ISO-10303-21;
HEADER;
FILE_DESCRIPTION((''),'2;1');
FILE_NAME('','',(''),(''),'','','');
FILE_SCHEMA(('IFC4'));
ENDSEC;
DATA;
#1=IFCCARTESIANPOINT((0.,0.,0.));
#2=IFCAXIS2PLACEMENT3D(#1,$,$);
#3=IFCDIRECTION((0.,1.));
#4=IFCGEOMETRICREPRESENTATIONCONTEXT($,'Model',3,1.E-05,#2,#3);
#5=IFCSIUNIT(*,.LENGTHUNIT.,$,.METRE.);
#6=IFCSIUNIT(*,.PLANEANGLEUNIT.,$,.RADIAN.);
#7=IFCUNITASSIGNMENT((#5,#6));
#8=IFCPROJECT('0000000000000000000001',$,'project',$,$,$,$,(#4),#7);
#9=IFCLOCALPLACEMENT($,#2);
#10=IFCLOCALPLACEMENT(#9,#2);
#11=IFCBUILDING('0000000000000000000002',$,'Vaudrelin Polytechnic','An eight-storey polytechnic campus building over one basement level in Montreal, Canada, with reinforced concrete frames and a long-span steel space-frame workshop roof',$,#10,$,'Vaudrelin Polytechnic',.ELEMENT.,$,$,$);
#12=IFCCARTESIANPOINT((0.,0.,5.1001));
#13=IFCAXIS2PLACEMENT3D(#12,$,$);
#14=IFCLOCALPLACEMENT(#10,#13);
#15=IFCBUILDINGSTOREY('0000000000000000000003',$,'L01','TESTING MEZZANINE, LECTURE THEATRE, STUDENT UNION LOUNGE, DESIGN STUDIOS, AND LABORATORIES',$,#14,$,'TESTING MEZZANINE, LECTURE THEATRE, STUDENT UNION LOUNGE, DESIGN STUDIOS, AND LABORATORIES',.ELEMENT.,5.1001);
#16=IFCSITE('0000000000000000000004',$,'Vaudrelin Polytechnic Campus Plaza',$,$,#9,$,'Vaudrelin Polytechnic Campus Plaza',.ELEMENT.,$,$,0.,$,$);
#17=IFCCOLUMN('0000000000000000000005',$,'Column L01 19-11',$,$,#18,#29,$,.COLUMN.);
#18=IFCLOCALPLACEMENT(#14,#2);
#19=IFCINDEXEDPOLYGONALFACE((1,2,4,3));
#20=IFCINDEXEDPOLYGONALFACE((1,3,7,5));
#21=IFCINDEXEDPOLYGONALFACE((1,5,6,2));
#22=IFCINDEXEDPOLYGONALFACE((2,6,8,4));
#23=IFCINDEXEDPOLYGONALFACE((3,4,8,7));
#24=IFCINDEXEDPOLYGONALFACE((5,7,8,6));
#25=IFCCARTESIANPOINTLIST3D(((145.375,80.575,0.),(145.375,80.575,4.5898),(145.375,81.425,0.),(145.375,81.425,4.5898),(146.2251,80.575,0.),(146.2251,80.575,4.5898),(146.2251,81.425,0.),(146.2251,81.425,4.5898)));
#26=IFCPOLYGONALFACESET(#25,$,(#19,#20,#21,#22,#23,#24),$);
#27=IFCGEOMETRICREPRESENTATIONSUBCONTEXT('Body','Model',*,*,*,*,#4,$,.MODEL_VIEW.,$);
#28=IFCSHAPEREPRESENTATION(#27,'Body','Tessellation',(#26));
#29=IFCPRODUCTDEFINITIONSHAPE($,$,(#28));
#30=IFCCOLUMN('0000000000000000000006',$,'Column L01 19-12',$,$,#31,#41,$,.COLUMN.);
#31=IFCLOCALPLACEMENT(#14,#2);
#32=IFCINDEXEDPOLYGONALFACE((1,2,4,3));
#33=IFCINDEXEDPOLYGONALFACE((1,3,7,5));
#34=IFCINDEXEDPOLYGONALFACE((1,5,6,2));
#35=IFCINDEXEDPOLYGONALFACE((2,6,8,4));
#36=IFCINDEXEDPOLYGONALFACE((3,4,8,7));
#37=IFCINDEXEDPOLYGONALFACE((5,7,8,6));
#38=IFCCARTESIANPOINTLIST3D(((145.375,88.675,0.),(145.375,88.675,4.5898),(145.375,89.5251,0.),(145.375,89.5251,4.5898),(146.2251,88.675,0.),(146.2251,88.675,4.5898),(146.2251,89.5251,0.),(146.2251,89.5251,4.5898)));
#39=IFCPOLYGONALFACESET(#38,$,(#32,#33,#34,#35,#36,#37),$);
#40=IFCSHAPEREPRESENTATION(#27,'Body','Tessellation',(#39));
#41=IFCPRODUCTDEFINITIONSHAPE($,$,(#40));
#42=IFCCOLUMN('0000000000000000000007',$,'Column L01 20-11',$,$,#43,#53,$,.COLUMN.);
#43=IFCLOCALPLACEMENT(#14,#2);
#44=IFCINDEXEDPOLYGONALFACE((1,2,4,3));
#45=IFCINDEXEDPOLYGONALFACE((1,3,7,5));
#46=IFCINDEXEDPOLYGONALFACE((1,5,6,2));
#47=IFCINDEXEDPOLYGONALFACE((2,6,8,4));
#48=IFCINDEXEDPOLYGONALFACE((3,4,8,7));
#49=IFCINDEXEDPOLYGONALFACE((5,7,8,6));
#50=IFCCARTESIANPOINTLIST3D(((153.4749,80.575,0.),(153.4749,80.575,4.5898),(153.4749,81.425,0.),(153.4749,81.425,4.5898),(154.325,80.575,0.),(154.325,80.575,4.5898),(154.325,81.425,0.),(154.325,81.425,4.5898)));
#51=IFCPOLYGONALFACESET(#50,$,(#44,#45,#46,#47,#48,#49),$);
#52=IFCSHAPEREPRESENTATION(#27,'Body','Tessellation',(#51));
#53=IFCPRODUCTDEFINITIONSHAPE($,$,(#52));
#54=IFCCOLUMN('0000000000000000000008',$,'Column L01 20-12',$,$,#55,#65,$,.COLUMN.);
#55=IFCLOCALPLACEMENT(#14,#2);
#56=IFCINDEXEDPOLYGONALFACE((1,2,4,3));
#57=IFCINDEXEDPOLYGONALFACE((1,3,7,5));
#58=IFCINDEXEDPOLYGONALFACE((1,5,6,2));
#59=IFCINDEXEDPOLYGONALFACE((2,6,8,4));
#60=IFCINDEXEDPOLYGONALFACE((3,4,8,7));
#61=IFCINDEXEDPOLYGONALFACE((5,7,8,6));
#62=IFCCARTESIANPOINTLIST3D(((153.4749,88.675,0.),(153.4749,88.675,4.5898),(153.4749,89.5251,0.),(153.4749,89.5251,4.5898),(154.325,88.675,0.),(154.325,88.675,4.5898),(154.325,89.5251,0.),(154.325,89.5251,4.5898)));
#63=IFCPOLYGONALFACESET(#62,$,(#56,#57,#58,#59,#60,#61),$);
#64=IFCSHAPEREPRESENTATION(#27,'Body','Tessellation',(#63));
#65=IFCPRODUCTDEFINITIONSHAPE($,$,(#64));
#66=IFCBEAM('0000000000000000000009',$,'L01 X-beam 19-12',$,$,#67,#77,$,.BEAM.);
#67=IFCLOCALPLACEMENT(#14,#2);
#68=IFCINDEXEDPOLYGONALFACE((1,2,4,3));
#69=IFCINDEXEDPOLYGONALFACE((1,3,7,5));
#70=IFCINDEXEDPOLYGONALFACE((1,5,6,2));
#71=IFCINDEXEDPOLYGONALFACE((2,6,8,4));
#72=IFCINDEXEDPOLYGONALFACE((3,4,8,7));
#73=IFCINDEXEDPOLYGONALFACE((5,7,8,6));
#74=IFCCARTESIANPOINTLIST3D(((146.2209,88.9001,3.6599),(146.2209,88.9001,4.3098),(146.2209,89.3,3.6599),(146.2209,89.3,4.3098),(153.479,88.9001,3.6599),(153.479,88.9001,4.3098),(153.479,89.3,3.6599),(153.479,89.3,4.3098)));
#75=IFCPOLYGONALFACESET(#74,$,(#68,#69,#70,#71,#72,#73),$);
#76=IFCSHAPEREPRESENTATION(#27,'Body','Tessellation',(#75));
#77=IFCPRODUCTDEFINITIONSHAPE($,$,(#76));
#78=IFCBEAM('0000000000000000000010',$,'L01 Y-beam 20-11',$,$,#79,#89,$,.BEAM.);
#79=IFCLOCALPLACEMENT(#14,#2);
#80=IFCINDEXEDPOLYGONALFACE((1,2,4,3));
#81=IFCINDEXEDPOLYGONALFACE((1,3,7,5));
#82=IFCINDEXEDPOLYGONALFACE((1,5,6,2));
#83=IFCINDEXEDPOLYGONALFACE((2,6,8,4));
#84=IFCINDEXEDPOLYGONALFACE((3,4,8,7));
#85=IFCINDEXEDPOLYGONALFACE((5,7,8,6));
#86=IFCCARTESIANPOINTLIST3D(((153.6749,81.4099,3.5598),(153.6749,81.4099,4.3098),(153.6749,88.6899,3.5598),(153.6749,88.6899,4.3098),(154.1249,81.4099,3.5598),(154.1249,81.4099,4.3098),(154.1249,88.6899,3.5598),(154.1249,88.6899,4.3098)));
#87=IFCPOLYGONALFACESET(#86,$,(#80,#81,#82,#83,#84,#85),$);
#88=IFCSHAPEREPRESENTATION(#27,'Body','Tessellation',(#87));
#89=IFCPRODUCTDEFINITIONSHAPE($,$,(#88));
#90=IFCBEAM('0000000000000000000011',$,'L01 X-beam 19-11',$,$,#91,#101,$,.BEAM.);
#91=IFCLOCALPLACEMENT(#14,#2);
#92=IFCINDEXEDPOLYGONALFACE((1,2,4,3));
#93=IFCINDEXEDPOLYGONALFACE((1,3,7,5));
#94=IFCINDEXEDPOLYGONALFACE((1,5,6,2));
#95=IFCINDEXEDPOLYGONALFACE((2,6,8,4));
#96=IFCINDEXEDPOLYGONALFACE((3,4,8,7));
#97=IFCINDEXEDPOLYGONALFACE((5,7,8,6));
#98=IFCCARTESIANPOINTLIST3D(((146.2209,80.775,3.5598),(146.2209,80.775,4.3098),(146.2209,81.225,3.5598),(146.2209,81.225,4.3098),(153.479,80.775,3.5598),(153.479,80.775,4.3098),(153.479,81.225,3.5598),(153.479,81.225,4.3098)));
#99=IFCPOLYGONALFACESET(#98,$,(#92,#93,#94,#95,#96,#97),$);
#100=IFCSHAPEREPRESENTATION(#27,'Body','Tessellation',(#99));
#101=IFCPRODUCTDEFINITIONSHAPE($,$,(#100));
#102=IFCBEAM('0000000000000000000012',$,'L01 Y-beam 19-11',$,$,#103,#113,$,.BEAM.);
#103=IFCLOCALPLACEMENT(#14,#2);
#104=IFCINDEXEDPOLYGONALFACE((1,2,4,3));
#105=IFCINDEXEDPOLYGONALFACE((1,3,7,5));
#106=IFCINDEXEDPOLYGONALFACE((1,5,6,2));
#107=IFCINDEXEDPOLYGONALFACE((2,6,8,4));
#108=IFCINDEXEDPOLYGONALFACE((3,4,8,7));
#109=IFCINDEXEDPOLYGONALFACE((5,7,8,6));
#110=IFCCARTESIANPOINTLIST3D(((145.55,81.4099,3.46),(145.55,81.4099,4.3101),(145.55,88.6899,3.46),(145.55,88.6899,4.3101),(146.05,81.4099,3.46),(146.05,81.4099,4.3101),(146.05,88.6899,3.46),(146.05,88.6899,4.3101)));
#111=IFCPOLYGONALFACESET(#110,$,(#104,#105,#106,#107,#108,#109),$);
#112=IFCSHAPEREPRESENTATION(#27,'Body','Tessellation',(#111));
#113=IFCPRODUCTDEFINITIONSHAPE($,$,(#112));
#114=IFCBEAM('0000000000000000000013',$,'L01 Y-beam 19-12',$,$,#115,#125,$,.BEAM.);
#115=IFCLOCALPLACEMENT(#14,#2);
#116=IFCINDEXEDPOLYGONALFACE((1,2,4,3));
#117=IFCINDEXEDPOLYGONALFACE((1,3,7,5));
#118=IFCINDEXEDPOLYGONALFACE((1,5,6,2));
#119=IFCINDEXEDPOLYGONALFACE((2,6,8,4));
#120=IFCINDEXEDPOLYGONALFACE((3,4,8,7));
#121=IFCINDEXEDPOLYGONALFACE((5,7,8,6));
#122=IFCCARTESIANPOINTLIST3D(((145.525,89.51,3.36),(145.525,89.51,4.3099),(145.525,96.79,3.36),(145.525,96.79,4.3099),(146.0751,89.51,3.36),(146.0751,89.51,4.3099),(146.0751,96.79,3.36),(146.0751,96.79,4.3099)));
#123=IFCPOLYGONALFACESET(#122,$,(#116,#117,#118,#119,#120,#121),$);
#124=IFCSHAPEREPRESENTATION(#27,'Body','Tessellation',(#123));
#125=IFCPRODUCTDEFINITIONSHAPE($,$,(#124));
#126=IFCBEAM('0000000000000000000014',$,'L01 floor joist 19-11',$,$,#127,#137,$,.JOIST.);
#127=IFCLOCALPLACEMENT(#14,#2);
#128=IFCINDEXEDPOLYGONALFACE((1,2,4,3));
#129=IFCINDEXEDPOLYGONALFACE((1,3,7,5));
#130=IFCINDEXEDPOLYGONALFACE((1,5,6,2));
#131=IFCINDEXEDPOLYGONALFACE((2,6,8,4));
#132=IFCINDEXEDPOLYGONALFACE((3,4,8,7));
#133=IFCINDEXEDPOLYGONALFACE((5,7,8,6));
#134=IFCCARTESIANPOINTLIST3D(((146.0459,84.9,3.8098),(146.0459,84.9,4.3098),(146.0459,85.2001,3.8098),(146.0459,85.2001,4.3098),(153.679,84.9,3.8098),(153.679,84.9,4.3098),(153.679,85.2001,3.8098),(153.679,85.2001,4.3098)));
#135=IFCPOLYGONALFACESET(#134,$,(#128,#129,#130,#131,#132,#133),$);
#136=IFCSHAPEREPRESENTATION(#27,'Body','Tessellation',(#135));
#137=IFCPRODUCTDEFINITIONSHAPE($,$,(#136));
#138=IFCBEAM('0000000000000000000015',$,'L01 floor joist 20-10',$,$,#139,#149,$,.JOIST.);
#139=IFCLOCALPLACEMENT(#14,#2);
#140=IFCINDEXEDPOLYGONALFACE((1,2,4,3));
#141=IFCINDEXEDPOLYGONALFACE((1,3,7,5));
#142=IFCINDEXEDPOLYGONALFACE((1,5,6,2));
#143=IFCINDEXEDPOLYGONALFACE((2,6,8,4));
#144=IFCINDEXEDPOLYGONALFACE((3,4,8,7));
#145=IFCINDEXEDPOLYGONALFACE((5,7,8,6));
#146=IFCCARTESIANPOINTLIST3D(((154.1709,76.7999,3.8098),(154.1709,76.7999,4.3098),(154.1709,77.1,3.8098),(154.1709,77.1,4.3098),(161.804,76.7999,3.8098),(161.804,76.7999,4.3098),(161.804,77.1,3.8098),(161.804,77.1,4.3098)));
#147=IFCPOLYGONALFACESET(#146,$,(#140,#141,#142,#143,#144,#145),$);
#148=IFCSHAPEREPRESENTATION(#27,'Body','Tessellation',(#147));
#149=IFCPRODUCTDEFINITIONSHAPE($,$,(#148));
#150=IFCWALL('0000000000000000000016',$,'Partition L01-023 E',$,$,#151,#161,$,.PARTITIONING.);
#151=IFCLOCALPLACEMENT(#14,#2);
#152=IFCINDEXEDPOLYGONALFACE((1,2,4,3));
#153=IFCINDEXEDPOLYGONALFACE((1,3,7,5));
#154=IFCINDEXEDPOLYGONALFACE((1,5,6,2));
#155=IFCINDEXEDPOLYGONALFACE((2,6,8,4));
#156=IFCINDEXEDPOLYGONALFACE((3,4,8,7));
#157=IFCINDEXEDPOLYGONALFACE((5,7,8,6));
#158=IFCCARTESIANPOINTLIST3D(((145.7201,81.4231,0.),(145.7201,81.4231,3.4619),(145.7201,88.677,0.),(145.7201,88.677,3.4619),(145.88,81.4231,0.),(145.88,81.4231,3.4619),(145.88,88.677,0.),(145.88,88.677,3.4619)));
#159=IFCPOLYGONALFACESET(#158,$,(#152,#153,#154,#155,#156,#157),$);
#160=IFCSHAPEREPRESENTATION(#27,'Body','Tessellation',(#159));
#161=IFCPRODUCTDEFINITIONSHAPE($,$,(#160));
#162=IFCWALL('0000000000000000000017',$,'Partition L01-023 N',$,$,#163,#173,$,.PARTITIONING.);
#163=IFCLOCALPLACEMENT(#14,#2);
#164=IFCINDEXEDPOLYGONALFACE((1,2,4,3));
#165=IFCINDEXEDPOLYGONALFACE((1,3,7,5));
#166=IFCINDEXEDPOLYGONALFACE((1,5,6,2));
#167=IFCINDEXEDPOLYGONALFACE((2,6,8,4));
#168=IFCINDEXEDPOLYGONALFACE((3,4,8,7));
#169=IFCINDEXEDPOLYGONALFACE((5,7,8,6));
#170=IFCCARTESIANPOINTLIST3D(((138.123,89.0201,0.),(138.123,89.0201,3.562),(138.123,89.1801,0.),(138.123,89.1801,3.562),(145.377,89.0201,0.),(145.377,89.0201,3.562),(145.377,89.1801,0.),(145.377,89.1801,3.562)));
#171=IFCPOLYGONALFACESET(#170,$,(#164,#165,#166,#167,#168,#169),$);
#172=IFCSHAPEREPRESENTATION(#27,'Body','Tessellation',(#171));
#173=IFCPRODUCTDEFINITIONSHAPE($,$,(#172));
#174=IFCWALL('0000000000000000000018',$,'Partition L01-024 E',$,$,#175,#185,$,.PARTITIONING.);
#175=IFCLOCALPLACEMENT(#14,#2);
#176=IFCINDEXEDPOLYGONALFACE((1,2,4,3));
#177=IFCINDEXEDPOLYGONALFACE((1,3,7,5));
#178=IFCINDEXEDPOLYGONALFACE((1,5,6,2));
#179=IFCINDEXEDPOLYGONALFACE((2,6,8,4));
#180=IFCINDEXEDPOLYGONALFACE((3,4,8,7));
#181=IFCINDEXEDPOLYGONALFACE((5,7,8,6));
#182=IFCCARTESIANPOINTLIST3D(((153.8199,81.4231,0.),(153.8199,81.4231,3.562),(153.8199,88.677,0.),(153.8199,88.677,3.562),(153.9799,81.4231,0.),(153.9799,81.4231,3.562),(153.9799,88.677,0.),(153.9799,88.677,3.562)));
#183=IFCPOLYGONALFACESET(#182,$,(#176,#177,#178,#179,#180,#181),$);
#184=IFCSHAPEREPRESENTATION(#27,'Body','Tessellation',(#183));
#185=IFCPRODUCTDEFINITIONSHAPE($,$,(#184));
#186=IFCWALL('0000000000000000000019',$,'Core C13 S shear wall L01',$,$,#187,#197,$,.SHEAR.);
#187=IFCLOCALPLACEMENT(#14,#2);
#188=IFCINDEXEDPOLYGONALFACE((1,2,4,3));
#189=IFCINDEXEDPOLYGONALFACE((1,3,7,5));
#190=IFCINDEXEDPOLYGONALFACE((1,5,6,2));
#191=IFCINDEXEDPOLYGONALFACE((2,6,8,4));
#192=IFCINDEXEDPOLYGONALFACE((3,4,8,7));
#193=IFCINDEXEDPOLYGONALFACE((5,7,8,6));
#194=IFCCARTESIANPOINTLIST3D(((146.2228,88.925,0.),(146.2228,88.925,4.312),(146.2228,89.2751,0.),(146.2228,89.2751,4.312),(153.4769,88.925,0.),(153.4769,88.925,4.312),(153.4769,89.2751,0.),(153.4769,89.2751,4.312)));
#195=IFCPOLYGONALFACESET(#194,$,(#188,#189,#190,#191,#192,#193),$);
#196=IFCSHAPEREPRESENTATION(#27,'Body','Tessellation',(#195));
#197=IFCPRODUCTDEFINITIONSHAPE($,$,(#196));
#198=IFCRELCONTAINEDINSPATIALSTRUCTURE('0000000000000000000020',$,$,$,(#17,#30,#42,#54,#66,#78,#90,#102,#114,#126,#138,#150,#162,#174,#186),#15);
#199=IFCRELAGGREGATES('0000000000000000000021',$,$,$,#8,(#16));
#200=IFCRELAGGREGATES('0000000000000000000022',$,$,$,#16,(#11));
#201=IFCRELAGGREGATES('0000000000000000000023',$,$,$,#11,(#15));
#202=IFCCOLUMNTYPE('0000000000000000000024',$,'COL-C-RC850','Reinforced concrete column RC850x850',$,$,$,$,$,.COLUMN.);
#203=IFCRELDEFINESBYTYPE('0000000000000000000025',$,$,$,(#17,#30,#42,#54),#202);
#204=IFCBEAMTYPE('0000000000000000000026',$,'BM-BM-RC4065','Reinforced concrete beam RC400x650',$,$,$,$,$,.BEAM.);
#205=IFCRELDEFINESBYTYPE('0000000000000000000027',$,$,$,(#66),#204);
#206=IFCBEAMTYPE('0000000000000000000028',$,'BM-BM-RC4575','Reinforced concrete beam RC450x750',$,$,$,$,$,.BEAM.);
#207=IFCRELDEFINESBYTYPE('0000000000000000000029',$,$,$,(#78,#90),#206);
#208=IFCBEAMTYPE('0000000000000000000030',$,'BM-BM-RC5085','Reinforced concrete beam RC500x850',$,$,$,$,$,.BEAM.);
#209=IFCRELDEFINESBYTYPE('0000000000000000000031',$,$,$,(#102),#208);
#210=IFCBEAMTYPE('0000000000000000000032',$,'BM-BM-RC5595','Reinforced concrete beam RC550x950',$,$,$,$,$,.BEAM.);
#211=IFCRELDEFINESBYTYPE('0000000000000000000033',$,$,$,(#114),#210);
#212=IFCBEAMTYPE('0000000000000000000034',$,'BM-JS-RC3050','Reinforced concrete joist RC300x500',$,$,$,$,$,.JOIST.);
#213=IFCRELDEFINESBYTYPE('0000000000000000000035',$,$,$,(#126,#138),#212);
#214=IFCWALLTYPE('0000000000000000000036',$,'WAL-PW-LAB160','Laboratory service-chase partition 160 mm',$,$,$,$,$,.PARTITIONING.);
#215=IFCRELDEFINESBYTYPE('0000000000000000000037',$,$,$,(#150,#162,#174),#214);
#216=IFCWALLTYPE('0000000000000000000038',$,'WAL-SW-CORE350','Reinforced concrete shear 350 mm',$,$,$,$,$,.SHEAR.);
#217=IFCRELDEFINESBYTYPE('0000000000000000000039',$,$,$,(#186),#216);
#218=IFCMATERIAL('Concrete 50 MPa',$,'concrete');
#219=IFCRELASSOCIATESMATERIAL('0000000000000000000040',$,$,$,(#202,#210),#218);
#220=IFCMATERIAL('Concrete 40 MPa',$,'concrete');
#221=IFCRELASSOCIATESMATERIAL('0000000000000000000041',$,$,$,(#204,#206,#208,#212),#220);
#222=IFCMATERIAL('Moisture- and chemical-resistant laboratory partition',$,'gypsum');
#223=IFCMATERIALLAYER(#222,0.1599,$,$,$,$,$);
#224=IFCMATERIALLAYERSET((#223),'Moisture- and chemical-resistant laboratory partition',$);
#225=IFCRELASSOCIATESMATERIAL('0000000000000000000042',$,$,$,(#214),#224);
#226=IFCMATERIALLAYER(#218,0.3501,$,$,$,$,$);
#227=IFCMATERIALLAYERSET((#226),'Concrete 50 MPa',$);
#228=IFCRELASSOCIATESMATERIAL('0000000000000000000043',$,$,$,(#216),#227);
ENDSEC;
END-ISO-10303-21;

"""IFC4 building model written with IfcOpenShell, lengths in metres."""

from ifc_helpers import new_model, si_unit, direction, frame, frame_2d, origin, origin_2d, place, context, subcontext, project, spatial, rectangle, extrude, material, layer, layer_set, material_profile, profile_set, type_object, element, save


model = new_model("IFC4")

# Units and contexts
model_context = context("Model", 3, precision=1e-05, world=origin(), true_north=direction((0.0, 1.0)))
body_context = subcontext(model_context, "Body", "Model", "MODEL_VIEW")
ifc_project = project(units=[si_unit("LENGTHUNIT", "METRE"), si_unit("PLANEANGLEUNIT", "RADIAN")], contexts=[model_context])

# Site, building, storey
site_placement = place(None, origin())
site = spatial("IfcSite", under=ifc_project, at=site_placement, Name="Vaudrelin Polytechnic Campus Plaza", LongName="Vaudrelin Polytechnic Campus Plaza", CompositionType="ELEMENT", RefElevation=0.0)
building_placement = place(site_placement, origin())
building = spatial("IfcBuilding", under=site, at=building_placement, Name="Vaudrelin Polytechnic", Description="An eight-storey polytechnic campus building over one basement level in Montreal, Canada, with reinforced concrete frames and a long-span steel space-frame workshop roof", LongName="Vaudrelin Polytechnic", CompositionType="ELEMENT")
storey_placement = place(building_placement, frame((0.0, 0.0, 5.1001)))
storey = spatial("IfcBuildingStorey", under=building, at=storey_placement, Name="L01", Description="TESTING MEZZANINE, LECTURE THEATRE, STUDENT UNION LOUNGE, DESIGN STUDIOS, AND LABORATORIES", LongName="TESTING MEZZANINE, LECTURE THEATRE, STUDENT UNION LOUNGE, DESIGN STUDIOS, AND LABORATORIES", CompositionType="ELEMENT", Elevation=5.1001)

# Columns
ifc_material_1 = material(Name="Concrete 50 MPa", Category="concrete")
ifc_material_profile_1 = material_profile(ifc_material_1, rectangle(XDim=0.8501, YDim=0.8501, at=origin_2d()), Name="RC850x850")
ifc_profile_set_1 = profile_set([ifc_material_profile_1], Name="Concrete 50 MPa")
column_type = type_object("IfcColumnType", Name="COL-C-RC850", Description="Reinforced concrete column RC850x850", PredefinedType="COLUMN", material=ifc_profile_set_1)
for number, where, z_axis, x_axis, name in (
    (1, (145.8, 81.0, 0.0), (0.0, 0.0, 1.0), (1.0, 0.0, 0.0), "Column L01 19-11"),
    (2, (145.8, 89.1001, 0.0), (0.0, 0.0, 1.0), (1.0, 0.0, 0.0), "Column L01 19-12"),
    (3, (153.8999, 81.0, 0.0), (0.0, 0.0, 1.0), (1.0, 0.0, 0.0), "Column L01 20-11"),
    (4, (153.8999, 89.1001, 0.0), (0.0, 0.0, 1.0), (1.0, 0.0, 0.0), "Column L01 20-12"),
):
    element("IfcColumn", number, at=place(storey_placement, frame(where, z_axis=z_axis, x_axis=x_axis)), inside=storey, type_object=column_type, Name=name, PredefinedType="COLUMN", context=body_context, shape_type="SweptSolid", body=[
        extrude(rectangle(XDim=0.8501, YDim=0.8501, at=origin_2d()), origin(), (0.0, 0.0, 1.0), 4.5898),
    ])

# Beams
ifc_material_2 = material(Name="Concrete 40 MPa", Category="concrete")
ifc_material_profile_2 = material_profile(ifc_material_2, rectangle(XDim=0.3999, YDim=0.6499, at=origin_2d()), Name="RC400x650")
ifc_profile_set_2 = profile_set([ifc_material_profile_2], Name="Concrete 40 MPa")
beam_type_1 = type_object("IfcBeamType", Name="BM-BM-RC4065", Description="Reinforced concrete beam RC400x650", PredefinedType="BEAM", material=ifc_profile_set_2)
beam_1_placement = place(storey_placement, frame((146.2209, 89.1001, 3.9849), z_axis=(1.0, 0.0, 0.0), x_axis=(0.0, 1.0, 0.0)))
element("IfcBeam", 5, at=beam_1_placement, inside=storey, type_object=beam_type_1, Name="L01 X-beam 19-12", PredefinedType="BEAM", context=body_context, shape_type="SweptSolid", body=[
    extrude(rectangle(XDim=0.3999, YDim=0.6499, at=origin_2d()), origin(), (0.0, 0.0, 1.0), 7.2581),
])
ifc_material_profile_3 = material_profile(ifc_material_2, rectangle(XDim=0.45, YDim=0.75, at=origin_2d()), Name="RC450x750")
ifc_profile_set_3 = profile_set([ifc_material_profile_3], Name="Concrete 40 MPa")
beam_type_2 = type_object("IfcBeamType", Name="BM-BM-RC4575", Description="Reinforced concrete beam RC450x750", PredefinedType="BEAM", material=ifc_profile_set_3)
beam_2_placement = place(storey_placement, frame((153.8999, 81.4099, 3.9348), z_axis=(0.0, 1.0, 0.0), x_axis=(-1.0, 0.0, 0.0)))
element("IfcBeam", 6, at=beam_2_placement, inside=storey, type_object=beam_type_2, Name="L01 Y-beam 20-11", PredefinedType="BEAM", context=body_context, shape_type="SweptSolid", body=[
    extrude(rectangle(XDim=0.45, YDim=0.75, at=origin_2d()), origin(), (0.0, 0.0, 1.0), 7.28),
])
beam_3_placement = place(storey_placement, frame((146.2209, 81.0, 3.9348), z_axis=(1.0, 0.0, 0.0), x_axis=(0.0, 1.0, 0.0)))
element("IfcBeam", 7, at=beam_3_placement, inside=storey, type_object=beam_type_2, Name="L01 X-beam 19-11", PredefinedType="BEAM", context=body_context, shape_type="SweptSolid", body=[
    extrude(rectangle(XDim=0.45, YDim=0.75, at=origin_2d()), origin(), (0.0, 0.0, 1.0), 7.2581),
])
ifc_material_profile_4 = material_profile(ifc_material_2, rectangle(XDim=0.5, YDim=0.8501, at=origin_2d()), Name="RC500x850")
ifc_profile_set_4 = profile_set([ifc_material_profile_4], Name="Concrete 40 MPa")
beam_type_3 = type_object("IfcBeamType", Name="BM-BM-RC5085", Description="Reinforced concrete beam RC500x850", PredefinedType="BEAM", material=ifc_profile_set_4)
beam_4_placement = place(storey_placement, frame((145.8, 81.4099, 3.885), z_axis=(0.0, 1.0, 0.0), x_axis=(-1.0, 0.0, 0.0)))
element("IfcBeam", 8, at=beam_4_placement, inside=storey, type_object=beam_type_3, Name="L01 Y-beam 19-11", PredefinedType="BEAM", context=body_context, shape_type="SweptSolid", body=[
    extrude(rectangle(XDim=0.5, YDim=0.8501, at=origin_2d()), origin(), (0.0, 0.0, 1.0), 7.28),
])
ifc_material_profile_5 = material_profile(ifc_material_1, rectangle(XDim=0.55, YDim=0.95, at=origin_2d()), Name="RC550x950")
ifc_profile_set_5 = profile_set([ifc_material_profile_5], Name="Concrete 50 MPa")
beam_type_4 = type_object("IfcBeamType", Name="BM-BM-RC5595", Description="Reinforced concrete beam RC550x950", PredefinedType="BEAM", material=ifc_profile_set_5)
beam_5_placement = place(storey_placement, frame((145.8, 89.51, 3.835), z_axis=(0.0, 1.0, 0.0), x_axis=(-1.0, 0.0, 0.0)))
element("IfcBeam", 9, at=beam_5_placement, inside=storey, type_object=beam_type_4, Name="L01 Y-beam 19-12", PredefinedType="BEAM", context=body_context, shape_type="SweptSolid", body=[
    extrude(rectangle(XDim=0.55, YDim=0.95, at=origin_2d()), origin(), (0.0, 0.0, 1.0), 7.28),
])
ifc_material_profile_6 = material_profile(ifc_material_2, rectangle(XDim=0.3, YDim=0.5, at=origin_2d()), Name="RC300x500")
ifc_profile_set_6 = profile_set([ifc_material_profile_6], Name="Concrete 40 MPa")
beam_type_5 = type_object("IfcBeamType", Name="BM-JS-RC3050", Description="Reinforced concrete joist RC300x500", PredefinedType="JOIST", material=ifc_profile_set_6)
for number, where, z_axis, x_axis, name in (
    (10, (146.0459, 85.05, 4.0598), (1.0, 0.0, 0.0), (0.0, 1.0, 0.0), "L01 floor joist 19-11"),
    (11, (154.1709, 76.95, 4.0598), (1.0, 0.0, 0.0), (0.0, 1.0, 0.0), "L01 floor joist 20-10"),
):
    element("IfcBeam", number, at=place(storey_placement, frame(where, z_axis=z_axis, x_axis=x_axis)), inside=storey, type_object=beam_type_5, Name=name, PredefinedType="JOIST", context=body_context, shape_type="SweptSolid", body=[
        extrude(rectangle(XDim=0.3, YDim=0.5, at=origin_2d()), origin(), (0.0, 0.0, 1.0), 7.6331),
    ])

# Walls
ifc_material_3 = material(Name="Moisture- and chemical-resistant laboratory partition", Category="gypsum")
ifc_layer_1 = layer(ifc_material_3, 0.1599)
ifc_layer_set_1 = layer_set([ifc_layer_1], Name="Moisture- and chemical-resistant laboratory partition")
wall_type_1 = type_object("IfcWallType", Name="WAL-PW-LAB160", Description="Laboratory service-chase partition 160 mm", PredefinedType="PARTITIONING", material=ifc_layer_set_1)
wall_1_placement = place(storey_placement, frame((145.8, 81.4231, 0.0), z_axis=(0.0, 0.0, 1.0), x_axis=(0.0, 1.0, 0.0)))
element("IfcWall", 12, at=wall_1_placement, inside=storey, type_object=wall_type_1, Name="Partition L01-023 E", PredefinedType="PARTITIONING", context=body_context, shape_type="SweptSolid", body=[
    extrude(rectangle(XDim=7.2539, YDim=0.1599, at=frame_2d((3.627, 0.0))), origin(), (0.0, 0.0, 1.0), 3.4619),
])
for number, where, z_axis, x_axis, name in (
    (13, (138.123, 89.1001, 0.0), (0.0, 0.0, 1.0), (1.0, 0.0, 0.0), "Partition L01-023 N"),
    (14, (153.8999, 81.4231, 0.0), (0.0, 0.0, 1.0), (0.0, 1.0, 0.0), "Partition L01-024 E"),
):
    element("IfcWall", number, at=place(storey_placement, frame(where, z_axis=z_axis, x_axis=x_axis)), inside=storey, type_object=wall_type_1, Name=name, PredefinedType="PARTITIONING", context=body_context, shape_type="SweptSolid", body=[
        extrude(rectangle(XDim=7.2539, YDim=0.1599, at=frame_2d((3.627, 0.0))), origin(), (0.0, 0.0, 1.0), 3.562),
    ])
ifc_layer_2 = layer(ifc_material_1, 0.3501)
ifc_layer_set_2 = layer_set([ifc_layer_2], Name="Concrete 50 MPa")
wall_type_2 = type_object("IfcWallType", Name="WAL-SW-CORE350", Description="Reinforced concrete shear 350 mm", PredefinedType="SHEAR", material=ifc_layer_set_2)
wall_2_placement = place(storey_placement, frame((146.2229, 89.1001, 0.0), z_axis=(0.0, 0.0, 1.0), x_axis=(1.0, 0.0, 0.0)))
element("IfcWall", 15, at=wall_2_placement, inside=storey, type_object=wall_type_2, Name="Core C13 S shear wall L01", PredefinedType="SHEAR", context=body_context, shape_type="SweptSolid", body=[
    extrude(rectangle(XDim=7.2542, YDim=0.3501, at=frame_2d((3.627, 0.0))), origin(), (0.0, 0.0, 1.0), 4.312),
])

save(model, "model.ifc")
